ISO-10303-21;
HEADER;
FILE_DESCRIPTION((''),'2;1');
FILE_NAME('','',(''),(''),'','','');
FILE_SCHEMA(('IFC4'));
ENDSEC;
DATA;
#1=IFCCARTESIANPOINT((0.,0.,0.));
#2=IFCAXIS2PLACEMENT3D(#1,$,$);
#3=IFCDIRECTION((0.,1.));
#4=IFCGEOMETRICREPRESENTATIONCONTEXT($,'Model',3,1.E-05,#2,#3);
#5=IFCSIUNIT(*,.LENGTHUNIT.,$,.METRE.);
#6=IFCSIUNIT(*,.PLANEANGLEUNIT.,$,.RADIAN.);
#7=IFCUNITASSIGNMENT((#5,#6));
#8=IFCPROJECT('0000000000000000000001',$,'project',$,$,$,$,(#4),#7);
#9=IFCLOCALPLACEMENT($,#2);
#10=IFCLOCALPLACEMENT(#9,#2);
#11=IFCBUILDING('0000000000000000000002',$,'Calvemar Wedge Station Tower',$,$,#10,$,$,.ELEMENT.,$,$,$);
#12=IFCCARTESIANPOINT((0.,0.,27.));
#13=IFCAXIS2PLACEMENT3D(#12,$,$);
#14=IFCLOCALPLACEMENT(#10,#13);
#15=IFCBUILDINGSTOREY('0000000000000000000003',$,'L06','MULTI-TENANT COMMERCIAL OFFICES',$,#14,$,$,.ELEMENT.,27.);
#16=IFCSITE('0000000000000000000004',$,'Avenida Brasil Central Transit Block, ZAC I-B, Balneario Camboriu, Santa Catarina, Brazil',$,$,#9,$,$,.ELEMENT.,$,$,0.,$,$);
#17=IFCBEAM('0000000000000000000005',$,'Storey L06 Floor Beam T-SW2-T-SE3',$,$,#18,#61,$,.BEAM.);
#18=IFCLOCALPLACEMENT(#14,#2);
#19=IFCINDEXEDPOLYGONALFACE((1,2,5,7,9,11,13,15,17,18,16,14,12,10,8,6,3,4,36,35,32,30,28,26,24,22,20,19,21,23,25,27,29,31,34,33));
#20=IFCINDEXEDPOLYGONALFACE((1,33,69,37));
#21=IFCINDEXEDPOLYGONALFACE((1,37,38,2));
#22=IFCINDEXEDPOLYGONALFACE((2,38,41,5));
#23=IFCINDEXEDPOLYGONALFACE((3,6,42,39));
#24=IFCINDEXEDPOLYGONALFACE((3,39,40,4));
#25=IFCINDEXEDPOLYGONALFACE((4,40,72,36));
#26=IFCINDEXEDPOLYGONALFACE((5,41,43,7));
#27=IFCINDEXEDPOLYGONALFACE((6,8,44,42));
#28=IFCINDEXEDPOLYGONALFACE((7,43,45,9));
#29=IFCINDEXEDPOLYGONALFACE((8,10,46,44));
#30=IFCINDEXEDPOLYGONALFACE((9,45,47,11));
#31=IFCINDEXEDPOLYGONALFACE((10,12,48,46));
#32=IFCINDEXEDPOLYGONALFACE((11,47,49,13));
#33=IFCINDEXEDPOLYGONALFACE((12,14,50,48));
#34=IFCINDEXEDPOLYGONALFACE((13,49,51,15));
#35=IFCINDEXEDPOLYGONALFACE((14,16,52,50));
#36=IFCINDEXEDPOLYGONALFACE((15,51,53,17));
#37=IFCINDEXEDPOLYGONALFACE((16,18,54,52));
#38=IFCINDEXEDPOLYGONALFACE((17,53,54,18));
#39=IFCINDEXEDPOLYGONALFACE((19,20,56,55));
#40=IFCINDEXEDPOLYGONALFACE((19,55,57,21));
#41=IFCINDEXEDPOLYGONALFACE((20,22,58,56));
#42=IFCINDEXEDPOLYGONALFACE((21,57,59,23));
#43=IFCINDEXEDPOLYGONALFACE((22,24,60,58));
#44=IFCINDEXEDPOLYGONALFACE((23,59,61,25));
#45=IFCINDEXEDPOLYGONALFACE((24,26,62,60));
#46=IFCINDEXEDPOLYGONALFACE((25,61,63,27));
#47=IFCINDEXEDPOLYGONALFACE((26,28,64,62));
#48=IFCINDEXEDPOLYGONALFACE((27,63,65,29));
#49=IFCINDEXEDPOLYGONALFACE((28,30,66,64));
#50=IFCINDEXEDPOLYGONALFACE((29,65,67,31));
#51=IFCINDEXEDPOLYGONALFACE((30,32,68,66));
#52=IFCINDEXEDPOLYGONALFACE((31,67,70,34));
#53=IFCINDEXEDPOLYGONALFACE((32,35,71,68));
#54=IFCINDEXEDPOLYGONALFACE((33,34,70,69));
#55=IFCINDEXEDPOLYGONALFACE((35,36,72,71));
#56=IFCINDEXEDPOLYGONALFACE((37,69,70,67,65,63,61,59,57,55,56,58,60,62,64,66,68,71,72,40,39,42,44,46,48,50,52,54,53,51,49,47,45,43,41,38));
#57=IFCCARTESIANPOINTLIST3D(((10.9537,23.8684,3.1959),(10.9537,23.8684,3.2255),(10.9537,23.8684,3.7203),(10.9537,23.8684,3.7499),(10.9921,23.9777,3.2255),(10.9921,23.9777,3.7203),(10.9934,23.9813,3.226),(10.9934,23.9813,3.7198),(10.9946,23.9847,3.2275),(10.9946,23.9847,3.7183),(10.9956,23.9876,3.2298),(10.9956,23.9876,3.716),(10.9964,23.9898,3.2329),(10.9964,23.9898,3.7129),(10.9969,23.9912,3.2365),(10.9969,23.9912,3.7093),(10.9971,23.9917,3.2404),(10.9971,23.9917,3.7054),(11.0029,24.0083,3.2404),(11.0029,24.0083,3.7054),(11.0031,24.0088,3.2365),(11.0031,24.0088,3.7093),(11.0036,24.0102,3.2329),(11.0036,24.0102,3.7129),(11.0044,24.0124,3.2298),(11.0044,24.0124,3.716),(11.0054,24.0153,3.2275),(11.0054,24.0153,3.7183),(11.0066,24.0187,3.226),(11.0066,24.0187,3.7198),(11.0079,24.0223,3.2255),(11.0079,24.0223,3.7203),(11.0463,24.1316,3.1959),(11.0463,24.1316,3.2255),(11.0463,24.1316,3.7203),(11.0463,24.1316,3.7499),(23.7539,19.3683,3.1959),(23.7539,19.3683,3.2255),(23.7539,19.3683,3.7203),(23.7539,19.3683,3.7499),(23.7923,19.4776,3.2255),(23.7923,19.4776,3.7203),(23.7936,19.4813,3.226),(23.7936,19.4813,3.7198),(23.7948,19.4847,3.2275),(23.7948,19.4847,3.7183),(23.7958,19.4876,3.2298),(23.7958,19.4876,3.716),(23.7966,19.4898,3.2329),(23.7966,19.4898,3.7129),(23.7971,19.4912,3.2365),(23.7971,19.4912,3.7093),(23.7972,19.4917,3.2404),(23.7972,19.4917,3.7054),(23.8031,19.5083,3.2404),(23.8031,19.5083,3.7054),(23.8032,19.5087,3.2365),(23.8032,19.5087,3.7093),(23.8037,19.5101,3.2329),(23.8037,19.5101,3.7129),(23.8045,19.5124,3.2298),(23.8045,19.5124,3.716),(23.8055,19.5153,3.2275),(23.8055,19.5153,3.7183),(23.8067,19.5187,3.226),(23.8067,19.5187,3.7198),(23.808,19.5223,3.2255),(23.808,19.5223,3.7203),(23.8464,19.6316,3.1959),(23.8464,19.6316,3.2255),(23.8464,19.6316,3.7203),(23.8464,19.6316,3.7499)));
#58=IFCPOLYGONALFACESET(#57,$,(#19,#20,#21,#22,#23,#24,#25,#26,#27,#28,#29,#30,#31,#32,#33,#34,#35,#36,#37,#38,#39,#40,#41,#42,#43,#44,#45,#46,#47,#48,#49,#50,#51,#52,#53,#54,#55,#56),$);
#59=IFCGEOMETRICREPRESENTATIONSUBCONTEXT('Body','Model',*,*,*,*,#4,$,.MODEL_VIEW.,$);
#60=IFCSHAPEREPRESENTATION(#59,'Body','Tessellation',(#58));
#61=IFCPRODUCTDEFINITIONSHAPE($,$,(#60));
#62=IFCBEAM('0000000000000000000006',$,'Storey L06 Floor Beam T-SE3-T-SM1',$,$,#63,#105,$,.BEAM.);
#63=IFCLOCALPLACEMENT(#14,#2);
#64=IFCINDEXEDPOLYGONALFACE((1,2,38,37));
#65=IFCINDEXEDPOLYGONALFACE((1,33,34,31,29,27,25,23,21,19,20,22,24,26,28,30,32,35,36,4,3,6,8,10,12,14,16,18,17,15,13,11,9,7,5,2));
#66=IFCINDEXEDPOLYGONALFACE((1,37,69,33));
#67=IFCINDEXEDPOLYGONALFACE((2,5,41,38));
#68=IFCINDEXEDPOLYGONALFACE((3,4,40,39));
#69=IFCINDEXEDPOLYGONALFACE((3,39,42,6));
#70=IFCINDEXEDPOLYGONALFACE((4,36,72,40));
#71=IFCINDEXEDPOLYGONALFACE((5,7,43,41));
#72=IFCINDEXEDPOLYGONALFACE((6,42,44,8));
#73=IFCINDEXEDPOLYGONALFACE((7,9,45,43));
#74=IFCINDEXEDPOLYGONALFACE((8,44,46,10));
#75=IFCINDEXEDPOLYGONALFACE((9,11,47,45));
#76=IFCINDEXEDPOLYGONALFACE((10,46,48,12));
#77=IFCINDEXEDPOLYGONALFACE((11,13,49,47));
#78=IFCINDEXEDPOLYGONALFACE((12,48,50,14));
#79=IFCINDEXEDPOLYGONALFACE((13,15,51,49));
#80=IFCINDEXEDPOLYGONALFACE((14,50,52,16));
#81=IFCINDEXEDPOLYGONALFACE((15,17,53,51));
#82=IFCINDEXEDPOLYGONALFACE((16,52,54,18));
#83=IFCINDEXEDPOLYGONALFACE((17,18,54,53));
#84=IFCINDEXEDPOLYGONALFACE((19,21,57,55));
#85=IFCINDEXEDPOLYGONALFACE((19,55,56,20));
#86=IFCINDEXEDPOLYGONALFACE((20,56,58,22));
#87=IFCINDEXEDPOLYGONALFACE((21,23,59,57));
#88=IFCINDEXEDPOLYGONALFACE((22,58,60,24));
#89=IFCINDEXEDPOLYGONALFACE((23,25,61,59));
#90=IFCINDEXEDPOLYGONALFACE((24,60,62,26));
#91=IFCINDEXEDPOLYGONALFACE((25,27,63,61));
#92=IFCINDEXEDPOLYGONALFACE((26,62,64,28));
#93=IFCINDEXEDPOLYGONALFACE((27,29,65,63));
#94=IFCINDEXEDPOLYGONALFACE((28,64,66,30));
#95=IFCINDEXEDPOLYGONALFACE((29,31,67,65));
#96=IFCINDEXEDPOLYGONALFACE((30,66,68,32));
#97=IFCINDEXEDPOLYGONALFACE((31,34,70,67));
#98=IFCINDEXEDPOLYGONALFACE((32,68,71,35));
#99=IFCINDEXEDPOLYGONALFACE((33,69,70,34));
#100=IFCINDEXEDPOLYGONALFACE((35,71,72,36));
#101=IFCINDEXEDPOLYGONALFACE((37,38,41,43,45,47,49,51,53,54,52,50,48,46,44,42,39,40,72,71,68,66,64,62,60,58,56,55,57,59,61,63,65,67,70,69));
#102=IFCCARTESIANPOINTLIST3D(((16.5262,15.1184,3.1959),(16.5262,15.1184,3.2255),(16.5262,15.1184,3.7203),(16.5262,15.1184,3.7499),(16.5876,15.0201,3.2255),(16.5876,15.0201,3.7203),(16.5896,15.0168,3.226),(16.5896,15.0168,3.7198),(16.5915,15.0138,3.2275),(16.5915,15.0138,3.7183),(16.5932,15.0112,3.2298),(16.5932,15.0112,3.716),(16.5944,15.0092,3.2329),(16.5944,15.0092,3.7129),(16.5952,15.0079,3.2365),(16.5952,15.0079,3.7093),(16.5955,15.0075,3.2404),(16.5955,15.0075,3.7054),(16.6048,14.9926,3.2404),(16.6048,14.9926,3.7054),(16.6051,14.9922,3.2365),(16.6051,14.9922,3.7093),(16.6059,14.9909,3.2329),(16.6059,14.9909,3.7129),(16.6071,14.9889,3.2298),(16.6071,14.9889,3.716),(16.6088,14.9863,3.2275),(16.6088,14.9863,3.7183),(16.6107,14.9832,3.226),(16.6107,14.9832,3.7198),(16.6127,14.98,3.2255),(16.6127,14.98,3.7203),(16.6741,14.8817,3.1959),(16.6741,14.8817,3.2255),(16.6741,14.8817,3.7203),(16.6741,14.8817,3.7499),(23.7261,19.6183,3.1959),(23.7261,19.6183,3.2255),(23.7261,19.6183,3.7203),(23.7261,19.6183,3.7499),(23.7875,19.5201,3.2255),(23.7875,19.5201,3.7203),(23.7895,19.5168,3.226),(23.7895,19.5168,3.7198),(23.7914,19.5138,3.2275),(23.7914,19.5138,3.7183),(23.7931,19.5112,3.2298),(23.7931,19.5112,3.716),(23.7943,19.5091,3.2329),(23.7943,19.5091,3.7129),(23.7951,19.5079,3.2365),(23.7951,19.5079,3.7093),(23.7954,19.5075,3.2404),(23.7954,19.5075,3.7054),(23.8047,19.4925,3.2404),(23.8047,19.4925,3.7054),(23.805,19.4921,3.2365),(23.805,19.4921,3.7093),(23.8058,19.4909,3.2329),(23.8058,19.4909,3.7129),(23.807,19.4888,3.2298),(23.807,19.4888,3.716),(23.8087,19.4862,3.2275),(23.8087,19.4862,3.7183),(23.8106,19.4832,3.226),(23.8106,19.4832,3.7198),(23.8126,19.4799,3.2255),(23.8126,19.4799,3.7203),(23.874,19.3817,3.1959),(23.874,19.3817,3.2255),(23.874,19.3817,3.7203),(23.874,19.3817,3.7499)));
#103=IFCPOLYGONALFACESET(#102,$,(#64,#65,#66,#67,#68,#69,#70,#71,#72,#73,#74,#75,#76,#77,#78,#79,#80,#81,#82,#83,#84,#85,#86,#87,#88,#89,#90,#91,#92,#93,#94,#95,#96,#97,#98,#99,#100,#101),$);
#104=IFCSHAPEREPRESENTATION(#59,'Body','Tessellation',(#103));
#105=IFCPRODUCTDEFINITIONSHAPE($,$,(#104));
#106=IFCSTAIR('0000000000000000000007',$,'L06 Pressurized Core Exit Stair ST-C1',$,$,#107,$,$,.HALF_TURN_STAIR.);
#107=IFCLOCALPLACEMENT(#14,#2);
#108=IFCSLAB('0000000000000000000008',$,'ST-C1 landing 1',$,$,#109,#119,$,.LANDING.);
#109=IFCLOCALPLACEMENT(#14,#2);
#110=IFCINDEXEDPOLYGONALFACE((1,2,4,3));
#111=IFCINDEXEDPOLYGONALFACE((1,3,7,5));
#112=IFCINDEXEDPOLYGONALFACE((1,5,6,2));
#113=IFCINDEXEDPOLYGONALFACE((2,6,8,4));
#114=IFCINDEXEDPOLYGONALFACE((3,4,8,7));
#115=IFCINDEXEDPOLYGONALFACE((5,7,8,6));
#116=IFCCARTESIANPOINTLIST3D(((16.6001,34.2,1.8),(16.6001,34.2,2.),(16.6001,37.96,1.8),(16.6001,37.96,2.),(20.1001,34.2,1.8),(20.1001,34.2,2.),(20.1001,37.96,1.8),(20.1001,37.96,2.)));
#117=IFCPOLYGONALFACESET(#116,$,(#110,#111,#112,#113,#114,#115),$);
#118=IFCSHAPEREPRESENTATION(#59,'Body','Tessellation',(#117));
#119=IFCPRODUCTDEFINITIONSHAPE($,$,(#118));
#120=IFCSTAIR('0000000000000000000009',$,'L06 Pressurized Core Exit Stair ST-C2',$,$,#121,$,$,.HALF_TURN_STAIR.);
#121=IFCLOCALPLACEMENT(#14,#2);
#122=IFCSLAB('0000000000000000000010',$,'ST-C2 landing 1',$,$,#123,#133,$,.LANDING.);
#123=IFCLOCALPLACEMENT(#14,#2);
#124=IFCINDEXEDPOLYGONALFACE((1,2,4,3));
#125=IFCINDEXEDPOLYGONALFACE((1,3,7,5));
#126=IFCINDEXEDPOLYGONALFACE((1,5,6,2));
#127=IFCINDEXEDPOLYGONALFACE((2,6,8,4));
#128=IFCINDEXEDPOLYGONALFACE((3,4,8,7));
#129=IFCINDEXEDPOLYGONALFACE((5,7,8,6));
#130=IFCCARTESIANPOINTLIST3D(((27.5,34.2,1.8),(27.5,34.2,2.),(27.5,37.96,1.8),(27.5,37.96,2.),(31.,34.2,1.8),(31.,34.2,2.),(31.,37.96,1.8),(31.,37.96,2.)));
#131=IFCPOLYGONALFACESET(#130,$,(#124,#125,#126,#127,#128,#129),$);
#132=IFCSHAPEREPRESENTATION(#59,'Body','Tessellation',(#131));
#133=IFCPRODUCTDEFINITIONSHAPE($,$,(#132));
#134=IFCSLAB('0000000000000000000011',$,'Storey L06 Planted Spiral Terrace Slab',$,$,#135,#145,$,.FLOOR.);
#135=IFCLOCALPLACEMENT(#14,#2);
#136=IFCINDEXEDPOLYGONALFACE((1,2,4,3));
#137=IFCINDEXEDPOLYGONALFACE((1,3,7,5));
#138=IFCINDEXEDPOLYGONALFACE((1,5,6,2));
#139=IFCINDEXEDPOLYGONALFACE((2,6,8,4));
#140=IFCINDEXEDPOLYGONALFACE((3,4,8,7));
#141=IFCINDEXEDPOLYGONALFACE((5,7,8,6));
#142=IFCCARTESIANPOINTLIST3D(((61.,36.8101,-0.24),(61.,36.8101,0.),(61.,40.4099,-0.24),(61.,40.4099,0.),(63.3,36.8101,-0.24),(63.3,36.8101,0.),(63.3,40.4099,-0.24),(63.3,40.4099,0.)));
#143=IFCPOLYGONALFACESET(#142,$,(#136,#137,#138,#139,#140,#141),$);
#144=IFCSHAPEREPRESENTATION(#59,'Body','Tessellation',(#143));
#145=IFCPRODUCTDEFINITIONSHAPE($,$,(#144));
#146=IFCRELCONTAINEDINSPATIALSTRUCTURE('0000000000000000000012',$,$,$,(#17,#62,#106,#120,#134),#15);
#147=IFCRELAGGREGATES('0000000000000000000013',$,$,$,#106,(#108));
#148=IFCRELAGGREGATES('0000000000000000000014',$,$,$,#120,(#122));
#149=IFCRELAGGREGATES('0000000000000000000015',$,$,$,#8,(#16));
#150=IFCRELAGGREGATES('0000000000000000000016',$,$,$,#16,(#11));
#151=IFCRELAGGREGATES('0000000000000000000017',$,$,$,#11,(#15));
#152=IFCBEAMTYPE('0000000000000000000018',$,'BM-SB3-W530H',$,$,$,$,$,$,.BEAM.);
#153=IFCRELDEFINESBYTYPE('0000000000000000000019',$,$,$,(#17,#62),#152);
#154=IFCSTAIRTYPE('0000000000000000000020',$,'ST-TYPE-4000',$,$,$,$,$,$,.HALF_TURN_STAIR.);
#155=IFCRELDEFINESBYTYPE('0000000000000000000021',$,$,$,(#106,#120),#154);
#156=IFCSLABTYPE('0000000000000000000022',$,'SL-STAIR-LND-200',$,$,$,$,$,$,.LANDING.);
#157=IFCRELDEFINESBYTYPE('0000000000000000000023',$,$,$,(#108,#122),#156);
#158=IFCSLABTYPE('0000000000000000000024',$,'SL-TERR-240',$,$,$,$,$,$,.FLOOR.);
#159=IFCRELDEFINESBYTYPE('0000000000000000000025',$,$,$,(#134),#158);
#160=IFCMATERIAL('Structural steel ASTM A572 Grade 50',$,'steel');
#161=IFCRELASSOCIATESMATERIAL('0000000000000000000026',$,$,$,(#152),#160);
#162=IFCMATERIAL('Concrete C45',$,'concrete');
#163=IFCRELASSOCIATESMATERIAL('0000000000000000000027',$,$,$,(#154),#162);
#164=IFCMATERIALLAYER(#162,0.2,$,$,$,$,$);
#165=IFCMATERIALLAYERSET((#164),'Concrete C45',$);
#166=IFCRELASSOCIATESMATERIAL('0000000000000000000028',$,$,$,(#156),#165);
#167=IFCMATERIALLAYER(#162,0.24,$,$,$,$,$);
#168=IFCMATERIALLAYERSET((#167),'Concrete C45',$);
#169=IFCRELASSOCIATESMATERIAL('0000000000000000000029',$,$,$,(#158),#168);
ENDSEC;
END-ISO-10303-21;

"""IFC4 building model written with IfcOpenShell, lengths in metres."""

from ifc_helpers import new_model, si_unit, direction, frame, origin, origin_2d, place, context, subcontext, project, spatial, polyline, i_section, outline, extrude, source, transform, mapped, material, layer, layer_set, material_profile, profile_set, type_object, element, aggregate, save


model = new_model("IFC4")

# Units and contexts
model_context = context("Model", 3, precision=1e-05, world=origin(), true_north=direction((0.0, 1.0)))
body_context = subcontext(model_context, "Body", "Model", "MODEL_VIEW")
ifc_project = project(units=[si_unit("LENGTHUNIT", "METRE"), si_unit("PLANEANGLEUNIT", "RADIAN")], contexts=[model_context])

# Site, building, storey
site_placement = place(None, origin())
site = spatial("IfcSite", under=ifc_project, at=site_placement, Name="Avenida Brasil Central Transit Block, ZAC I-B, Balneario Camboriu, Santa Catarina, Brazil", CompositionType="ELEMENT", RefElevation=0.0)
building_placement = place(site_placement, origin())
building = spatial("IfcBuilding", under=site, at=building_placement, Name="Calvemar Wedge Station Tower", CompositionType="ELEMENT")
storey_placement = place(building_placement, frame((0.0, 0.0, 27.0)))
storey = spatial("IfcBuildingStorey", under=building, at=storey_placement, Name="L06", Description="MULTI-TENANT COMMERCIAL OFFICES", CompositionType="ELEMENT", Elevation=27.0)

# Beams
ifc_material_1 = material(Name="Structural steel ASTM A572 Grade 50", Category="steel")
ifc_material_profile_1 = material_profile(ifc_material_1, i_section(OverallWidth=0.2791, OverallDepth=0.554, WebThickness=0.0176, FlangeThickness=0.0295, FilletRadius=0.0149, at=origin_2d()), Name="W530x196")
ifc_profile_set_1 = profile_set([ifc_material_profile_1], Name="Structural steel ASTM A572 Grade 50")
beam_type_1 = type_object("IfcBeamType", Name="BM-SB3-W530H", PredefinedType="BEAM", material=ifc_profile_set_1)
shared_shape_1 = source(origin(), body_context, "Body", "SweptSolid", [
    extrude(i_section(OverallWidth=0.2791, OverallDepth=0.554, WebThickness=0.0176, FlangeThickness=0.0295, FilletRadius=0.0149, at=origin_2d()), origin(), (0.0, 0.0, 1.0), 13.5681),
])
beam_1_placement = place(storey_placement, frame((11.0, 24.0, 3.4729), z_axis=(0.943398, -0.331662, 0.0), x_axis=(0.331662, 0.943398, 0.0)))
element("IfcBeam", 1, at=beam_1_placement, inside=storey, type_object=beam_type_1, Name="Storey L06 Floor Beam T-SW2-T-SE3", PredefinedType="BEAM", context=body_context, shape_type="MappedRepresentation", body=[
    mapped(shared_shape_1, transform((0.0, 0.0, 0.0), scale=1.0)),
])
shared_shape_2 = source(origin(), body_context, "Body", "SweptSolid", [
    extrude(i_section(OverallWidth=0.2791, OverallDepth=0.554, WebThickness=0.0176, FlangeThickness=0.0295, FilletRadius=0.0149, at=origin_2d()), origin(), (0.0, 0.0, 1.0), 8.4905),
])
beam_2_placement = place(storey_placement, frame((23.8, 19.5, 3.4729), z_axis=(-0.847997, -0.530002, 0.0), x_axis=(0.530002, -0.847997, 0.0)))
element("IfcBeam", 2, at=beam_2_placement, inside=storey, type_object=beam_type_1, Name="Storey L06 Floor Beam T-SE3-T-SM1", PredefinedType="BEAM", context=body_context, shape_type="MappedRepresentation", body=[
    mapped(shared_shape_2, transform((0.0, 0.0, 0.0), scale=1.0)),
])

# Stairs, slabs
ifc_material_2 = material(Name="Concrete C45", Category="concrete")
stair_type = type_object("IfcStairType", Name="ST-TYPE-4000", PredefinedType="HALF_TURN_STAIR", material=ifc_material_2)
stair_1_placement = place(storey_placement, origin())
stair_1 = element("IfcStair", 3, at=stair_1_placement, inside=storey, type_object=stair_type, Name="L06 Pressurized Core Exit Stair ST-C1", PredefinedType="HALF_TURN_STAIR")
ifc_layer_1 = layer(ifc_material_2, 0.2)
ifc_layer_set_1 = layer_set([ifc_layer_1], Name="Concrete C45")
slab_type_1 = type_object("IfcSlabType", Name="SL-STAIR-LND-200", PredefinedType="LANDING", material=ifc_layer_set_1)
slab_1_placement = place(storey_placement, frame((0.0, 0.0, 1.8)))
slab_1 = element("IfcSlab", 4, at=slab_1_placement, type_object=slab_type_1, Name="ST-C1 landing 1", PredefinedType="LANDING", context=body_context, shape_type="SweptSolid", body=[
    extrude(outline(polyline([(16.6001, 37.96), (16.6001, 34.2), (20.1001, 34.2), (20.1001, 37.96), (16.6001, 37.96)])), origin(), (0.0, 0.0, 1.0), 0.2),
])
aggregate(stair_1, [slab_1])
stair_2_placement = place(storey_placement, origin())
stair_2 = element("IfcStair", 5, at=stair_2_placement, inside=storey, type_object=stair_type, Name="L06 Pressurized Core Exit Stair ST-C2", PredefinedType="HALF_TURN_STAIR")
slab_2_placement = place(storey_placement, frame((0.0, 0.0, 1.8)))
slab_2 = element("IfcSlab", 6, at=slab_2_placement, type_object=slab_type_1, Name="ST-C2 landing 1", PredefinedType="LANDING", context=body_context, shape_type="SweptSolid", body=[
    extrude(outline(polyline([(27.5, 37.96), (27.5, 34.2), (31.0, 34.2), (31.0, 37.96), (27.5, 37.96)])), origin(), (0.0, 0.0, 1.0), 0.2),
])
aggregate(stair_2, [slab_2])

# Slab
ifc_layer_2 = layer(ifc_material_2, 0.24)
ifc_layer_set_2 = layer_set([ifc_layer_2], Name="Concrete C45")
slab_type_2 = type_object("IfcSlabType", Name="SL-TERR-240", PredefinedType="FLOOR", material=ifc_layer_set_2)
slab_3_placement = place(storey_placement, frame((0.0, 0.0, -0.24)))
element("IfcSlab", 7, at=slab_3_placement, inside=storey, type_object=slab_type_2, Name="Storey L06 Planted Spiral Terrace Slab", PredefinedType="FLOOR", context=body_context, shape_type="SweptSolid", body=[
    extrude(outline(polyline([(61.0, 36.8101), (63.3, 36.8101), (63.3, 40.4099), (61.0, 40.4099), (61.0, 36.8101)])), origin(), (0.0, 0.0, 1.0), 0.24),
])

save(model, "model.ifc")
